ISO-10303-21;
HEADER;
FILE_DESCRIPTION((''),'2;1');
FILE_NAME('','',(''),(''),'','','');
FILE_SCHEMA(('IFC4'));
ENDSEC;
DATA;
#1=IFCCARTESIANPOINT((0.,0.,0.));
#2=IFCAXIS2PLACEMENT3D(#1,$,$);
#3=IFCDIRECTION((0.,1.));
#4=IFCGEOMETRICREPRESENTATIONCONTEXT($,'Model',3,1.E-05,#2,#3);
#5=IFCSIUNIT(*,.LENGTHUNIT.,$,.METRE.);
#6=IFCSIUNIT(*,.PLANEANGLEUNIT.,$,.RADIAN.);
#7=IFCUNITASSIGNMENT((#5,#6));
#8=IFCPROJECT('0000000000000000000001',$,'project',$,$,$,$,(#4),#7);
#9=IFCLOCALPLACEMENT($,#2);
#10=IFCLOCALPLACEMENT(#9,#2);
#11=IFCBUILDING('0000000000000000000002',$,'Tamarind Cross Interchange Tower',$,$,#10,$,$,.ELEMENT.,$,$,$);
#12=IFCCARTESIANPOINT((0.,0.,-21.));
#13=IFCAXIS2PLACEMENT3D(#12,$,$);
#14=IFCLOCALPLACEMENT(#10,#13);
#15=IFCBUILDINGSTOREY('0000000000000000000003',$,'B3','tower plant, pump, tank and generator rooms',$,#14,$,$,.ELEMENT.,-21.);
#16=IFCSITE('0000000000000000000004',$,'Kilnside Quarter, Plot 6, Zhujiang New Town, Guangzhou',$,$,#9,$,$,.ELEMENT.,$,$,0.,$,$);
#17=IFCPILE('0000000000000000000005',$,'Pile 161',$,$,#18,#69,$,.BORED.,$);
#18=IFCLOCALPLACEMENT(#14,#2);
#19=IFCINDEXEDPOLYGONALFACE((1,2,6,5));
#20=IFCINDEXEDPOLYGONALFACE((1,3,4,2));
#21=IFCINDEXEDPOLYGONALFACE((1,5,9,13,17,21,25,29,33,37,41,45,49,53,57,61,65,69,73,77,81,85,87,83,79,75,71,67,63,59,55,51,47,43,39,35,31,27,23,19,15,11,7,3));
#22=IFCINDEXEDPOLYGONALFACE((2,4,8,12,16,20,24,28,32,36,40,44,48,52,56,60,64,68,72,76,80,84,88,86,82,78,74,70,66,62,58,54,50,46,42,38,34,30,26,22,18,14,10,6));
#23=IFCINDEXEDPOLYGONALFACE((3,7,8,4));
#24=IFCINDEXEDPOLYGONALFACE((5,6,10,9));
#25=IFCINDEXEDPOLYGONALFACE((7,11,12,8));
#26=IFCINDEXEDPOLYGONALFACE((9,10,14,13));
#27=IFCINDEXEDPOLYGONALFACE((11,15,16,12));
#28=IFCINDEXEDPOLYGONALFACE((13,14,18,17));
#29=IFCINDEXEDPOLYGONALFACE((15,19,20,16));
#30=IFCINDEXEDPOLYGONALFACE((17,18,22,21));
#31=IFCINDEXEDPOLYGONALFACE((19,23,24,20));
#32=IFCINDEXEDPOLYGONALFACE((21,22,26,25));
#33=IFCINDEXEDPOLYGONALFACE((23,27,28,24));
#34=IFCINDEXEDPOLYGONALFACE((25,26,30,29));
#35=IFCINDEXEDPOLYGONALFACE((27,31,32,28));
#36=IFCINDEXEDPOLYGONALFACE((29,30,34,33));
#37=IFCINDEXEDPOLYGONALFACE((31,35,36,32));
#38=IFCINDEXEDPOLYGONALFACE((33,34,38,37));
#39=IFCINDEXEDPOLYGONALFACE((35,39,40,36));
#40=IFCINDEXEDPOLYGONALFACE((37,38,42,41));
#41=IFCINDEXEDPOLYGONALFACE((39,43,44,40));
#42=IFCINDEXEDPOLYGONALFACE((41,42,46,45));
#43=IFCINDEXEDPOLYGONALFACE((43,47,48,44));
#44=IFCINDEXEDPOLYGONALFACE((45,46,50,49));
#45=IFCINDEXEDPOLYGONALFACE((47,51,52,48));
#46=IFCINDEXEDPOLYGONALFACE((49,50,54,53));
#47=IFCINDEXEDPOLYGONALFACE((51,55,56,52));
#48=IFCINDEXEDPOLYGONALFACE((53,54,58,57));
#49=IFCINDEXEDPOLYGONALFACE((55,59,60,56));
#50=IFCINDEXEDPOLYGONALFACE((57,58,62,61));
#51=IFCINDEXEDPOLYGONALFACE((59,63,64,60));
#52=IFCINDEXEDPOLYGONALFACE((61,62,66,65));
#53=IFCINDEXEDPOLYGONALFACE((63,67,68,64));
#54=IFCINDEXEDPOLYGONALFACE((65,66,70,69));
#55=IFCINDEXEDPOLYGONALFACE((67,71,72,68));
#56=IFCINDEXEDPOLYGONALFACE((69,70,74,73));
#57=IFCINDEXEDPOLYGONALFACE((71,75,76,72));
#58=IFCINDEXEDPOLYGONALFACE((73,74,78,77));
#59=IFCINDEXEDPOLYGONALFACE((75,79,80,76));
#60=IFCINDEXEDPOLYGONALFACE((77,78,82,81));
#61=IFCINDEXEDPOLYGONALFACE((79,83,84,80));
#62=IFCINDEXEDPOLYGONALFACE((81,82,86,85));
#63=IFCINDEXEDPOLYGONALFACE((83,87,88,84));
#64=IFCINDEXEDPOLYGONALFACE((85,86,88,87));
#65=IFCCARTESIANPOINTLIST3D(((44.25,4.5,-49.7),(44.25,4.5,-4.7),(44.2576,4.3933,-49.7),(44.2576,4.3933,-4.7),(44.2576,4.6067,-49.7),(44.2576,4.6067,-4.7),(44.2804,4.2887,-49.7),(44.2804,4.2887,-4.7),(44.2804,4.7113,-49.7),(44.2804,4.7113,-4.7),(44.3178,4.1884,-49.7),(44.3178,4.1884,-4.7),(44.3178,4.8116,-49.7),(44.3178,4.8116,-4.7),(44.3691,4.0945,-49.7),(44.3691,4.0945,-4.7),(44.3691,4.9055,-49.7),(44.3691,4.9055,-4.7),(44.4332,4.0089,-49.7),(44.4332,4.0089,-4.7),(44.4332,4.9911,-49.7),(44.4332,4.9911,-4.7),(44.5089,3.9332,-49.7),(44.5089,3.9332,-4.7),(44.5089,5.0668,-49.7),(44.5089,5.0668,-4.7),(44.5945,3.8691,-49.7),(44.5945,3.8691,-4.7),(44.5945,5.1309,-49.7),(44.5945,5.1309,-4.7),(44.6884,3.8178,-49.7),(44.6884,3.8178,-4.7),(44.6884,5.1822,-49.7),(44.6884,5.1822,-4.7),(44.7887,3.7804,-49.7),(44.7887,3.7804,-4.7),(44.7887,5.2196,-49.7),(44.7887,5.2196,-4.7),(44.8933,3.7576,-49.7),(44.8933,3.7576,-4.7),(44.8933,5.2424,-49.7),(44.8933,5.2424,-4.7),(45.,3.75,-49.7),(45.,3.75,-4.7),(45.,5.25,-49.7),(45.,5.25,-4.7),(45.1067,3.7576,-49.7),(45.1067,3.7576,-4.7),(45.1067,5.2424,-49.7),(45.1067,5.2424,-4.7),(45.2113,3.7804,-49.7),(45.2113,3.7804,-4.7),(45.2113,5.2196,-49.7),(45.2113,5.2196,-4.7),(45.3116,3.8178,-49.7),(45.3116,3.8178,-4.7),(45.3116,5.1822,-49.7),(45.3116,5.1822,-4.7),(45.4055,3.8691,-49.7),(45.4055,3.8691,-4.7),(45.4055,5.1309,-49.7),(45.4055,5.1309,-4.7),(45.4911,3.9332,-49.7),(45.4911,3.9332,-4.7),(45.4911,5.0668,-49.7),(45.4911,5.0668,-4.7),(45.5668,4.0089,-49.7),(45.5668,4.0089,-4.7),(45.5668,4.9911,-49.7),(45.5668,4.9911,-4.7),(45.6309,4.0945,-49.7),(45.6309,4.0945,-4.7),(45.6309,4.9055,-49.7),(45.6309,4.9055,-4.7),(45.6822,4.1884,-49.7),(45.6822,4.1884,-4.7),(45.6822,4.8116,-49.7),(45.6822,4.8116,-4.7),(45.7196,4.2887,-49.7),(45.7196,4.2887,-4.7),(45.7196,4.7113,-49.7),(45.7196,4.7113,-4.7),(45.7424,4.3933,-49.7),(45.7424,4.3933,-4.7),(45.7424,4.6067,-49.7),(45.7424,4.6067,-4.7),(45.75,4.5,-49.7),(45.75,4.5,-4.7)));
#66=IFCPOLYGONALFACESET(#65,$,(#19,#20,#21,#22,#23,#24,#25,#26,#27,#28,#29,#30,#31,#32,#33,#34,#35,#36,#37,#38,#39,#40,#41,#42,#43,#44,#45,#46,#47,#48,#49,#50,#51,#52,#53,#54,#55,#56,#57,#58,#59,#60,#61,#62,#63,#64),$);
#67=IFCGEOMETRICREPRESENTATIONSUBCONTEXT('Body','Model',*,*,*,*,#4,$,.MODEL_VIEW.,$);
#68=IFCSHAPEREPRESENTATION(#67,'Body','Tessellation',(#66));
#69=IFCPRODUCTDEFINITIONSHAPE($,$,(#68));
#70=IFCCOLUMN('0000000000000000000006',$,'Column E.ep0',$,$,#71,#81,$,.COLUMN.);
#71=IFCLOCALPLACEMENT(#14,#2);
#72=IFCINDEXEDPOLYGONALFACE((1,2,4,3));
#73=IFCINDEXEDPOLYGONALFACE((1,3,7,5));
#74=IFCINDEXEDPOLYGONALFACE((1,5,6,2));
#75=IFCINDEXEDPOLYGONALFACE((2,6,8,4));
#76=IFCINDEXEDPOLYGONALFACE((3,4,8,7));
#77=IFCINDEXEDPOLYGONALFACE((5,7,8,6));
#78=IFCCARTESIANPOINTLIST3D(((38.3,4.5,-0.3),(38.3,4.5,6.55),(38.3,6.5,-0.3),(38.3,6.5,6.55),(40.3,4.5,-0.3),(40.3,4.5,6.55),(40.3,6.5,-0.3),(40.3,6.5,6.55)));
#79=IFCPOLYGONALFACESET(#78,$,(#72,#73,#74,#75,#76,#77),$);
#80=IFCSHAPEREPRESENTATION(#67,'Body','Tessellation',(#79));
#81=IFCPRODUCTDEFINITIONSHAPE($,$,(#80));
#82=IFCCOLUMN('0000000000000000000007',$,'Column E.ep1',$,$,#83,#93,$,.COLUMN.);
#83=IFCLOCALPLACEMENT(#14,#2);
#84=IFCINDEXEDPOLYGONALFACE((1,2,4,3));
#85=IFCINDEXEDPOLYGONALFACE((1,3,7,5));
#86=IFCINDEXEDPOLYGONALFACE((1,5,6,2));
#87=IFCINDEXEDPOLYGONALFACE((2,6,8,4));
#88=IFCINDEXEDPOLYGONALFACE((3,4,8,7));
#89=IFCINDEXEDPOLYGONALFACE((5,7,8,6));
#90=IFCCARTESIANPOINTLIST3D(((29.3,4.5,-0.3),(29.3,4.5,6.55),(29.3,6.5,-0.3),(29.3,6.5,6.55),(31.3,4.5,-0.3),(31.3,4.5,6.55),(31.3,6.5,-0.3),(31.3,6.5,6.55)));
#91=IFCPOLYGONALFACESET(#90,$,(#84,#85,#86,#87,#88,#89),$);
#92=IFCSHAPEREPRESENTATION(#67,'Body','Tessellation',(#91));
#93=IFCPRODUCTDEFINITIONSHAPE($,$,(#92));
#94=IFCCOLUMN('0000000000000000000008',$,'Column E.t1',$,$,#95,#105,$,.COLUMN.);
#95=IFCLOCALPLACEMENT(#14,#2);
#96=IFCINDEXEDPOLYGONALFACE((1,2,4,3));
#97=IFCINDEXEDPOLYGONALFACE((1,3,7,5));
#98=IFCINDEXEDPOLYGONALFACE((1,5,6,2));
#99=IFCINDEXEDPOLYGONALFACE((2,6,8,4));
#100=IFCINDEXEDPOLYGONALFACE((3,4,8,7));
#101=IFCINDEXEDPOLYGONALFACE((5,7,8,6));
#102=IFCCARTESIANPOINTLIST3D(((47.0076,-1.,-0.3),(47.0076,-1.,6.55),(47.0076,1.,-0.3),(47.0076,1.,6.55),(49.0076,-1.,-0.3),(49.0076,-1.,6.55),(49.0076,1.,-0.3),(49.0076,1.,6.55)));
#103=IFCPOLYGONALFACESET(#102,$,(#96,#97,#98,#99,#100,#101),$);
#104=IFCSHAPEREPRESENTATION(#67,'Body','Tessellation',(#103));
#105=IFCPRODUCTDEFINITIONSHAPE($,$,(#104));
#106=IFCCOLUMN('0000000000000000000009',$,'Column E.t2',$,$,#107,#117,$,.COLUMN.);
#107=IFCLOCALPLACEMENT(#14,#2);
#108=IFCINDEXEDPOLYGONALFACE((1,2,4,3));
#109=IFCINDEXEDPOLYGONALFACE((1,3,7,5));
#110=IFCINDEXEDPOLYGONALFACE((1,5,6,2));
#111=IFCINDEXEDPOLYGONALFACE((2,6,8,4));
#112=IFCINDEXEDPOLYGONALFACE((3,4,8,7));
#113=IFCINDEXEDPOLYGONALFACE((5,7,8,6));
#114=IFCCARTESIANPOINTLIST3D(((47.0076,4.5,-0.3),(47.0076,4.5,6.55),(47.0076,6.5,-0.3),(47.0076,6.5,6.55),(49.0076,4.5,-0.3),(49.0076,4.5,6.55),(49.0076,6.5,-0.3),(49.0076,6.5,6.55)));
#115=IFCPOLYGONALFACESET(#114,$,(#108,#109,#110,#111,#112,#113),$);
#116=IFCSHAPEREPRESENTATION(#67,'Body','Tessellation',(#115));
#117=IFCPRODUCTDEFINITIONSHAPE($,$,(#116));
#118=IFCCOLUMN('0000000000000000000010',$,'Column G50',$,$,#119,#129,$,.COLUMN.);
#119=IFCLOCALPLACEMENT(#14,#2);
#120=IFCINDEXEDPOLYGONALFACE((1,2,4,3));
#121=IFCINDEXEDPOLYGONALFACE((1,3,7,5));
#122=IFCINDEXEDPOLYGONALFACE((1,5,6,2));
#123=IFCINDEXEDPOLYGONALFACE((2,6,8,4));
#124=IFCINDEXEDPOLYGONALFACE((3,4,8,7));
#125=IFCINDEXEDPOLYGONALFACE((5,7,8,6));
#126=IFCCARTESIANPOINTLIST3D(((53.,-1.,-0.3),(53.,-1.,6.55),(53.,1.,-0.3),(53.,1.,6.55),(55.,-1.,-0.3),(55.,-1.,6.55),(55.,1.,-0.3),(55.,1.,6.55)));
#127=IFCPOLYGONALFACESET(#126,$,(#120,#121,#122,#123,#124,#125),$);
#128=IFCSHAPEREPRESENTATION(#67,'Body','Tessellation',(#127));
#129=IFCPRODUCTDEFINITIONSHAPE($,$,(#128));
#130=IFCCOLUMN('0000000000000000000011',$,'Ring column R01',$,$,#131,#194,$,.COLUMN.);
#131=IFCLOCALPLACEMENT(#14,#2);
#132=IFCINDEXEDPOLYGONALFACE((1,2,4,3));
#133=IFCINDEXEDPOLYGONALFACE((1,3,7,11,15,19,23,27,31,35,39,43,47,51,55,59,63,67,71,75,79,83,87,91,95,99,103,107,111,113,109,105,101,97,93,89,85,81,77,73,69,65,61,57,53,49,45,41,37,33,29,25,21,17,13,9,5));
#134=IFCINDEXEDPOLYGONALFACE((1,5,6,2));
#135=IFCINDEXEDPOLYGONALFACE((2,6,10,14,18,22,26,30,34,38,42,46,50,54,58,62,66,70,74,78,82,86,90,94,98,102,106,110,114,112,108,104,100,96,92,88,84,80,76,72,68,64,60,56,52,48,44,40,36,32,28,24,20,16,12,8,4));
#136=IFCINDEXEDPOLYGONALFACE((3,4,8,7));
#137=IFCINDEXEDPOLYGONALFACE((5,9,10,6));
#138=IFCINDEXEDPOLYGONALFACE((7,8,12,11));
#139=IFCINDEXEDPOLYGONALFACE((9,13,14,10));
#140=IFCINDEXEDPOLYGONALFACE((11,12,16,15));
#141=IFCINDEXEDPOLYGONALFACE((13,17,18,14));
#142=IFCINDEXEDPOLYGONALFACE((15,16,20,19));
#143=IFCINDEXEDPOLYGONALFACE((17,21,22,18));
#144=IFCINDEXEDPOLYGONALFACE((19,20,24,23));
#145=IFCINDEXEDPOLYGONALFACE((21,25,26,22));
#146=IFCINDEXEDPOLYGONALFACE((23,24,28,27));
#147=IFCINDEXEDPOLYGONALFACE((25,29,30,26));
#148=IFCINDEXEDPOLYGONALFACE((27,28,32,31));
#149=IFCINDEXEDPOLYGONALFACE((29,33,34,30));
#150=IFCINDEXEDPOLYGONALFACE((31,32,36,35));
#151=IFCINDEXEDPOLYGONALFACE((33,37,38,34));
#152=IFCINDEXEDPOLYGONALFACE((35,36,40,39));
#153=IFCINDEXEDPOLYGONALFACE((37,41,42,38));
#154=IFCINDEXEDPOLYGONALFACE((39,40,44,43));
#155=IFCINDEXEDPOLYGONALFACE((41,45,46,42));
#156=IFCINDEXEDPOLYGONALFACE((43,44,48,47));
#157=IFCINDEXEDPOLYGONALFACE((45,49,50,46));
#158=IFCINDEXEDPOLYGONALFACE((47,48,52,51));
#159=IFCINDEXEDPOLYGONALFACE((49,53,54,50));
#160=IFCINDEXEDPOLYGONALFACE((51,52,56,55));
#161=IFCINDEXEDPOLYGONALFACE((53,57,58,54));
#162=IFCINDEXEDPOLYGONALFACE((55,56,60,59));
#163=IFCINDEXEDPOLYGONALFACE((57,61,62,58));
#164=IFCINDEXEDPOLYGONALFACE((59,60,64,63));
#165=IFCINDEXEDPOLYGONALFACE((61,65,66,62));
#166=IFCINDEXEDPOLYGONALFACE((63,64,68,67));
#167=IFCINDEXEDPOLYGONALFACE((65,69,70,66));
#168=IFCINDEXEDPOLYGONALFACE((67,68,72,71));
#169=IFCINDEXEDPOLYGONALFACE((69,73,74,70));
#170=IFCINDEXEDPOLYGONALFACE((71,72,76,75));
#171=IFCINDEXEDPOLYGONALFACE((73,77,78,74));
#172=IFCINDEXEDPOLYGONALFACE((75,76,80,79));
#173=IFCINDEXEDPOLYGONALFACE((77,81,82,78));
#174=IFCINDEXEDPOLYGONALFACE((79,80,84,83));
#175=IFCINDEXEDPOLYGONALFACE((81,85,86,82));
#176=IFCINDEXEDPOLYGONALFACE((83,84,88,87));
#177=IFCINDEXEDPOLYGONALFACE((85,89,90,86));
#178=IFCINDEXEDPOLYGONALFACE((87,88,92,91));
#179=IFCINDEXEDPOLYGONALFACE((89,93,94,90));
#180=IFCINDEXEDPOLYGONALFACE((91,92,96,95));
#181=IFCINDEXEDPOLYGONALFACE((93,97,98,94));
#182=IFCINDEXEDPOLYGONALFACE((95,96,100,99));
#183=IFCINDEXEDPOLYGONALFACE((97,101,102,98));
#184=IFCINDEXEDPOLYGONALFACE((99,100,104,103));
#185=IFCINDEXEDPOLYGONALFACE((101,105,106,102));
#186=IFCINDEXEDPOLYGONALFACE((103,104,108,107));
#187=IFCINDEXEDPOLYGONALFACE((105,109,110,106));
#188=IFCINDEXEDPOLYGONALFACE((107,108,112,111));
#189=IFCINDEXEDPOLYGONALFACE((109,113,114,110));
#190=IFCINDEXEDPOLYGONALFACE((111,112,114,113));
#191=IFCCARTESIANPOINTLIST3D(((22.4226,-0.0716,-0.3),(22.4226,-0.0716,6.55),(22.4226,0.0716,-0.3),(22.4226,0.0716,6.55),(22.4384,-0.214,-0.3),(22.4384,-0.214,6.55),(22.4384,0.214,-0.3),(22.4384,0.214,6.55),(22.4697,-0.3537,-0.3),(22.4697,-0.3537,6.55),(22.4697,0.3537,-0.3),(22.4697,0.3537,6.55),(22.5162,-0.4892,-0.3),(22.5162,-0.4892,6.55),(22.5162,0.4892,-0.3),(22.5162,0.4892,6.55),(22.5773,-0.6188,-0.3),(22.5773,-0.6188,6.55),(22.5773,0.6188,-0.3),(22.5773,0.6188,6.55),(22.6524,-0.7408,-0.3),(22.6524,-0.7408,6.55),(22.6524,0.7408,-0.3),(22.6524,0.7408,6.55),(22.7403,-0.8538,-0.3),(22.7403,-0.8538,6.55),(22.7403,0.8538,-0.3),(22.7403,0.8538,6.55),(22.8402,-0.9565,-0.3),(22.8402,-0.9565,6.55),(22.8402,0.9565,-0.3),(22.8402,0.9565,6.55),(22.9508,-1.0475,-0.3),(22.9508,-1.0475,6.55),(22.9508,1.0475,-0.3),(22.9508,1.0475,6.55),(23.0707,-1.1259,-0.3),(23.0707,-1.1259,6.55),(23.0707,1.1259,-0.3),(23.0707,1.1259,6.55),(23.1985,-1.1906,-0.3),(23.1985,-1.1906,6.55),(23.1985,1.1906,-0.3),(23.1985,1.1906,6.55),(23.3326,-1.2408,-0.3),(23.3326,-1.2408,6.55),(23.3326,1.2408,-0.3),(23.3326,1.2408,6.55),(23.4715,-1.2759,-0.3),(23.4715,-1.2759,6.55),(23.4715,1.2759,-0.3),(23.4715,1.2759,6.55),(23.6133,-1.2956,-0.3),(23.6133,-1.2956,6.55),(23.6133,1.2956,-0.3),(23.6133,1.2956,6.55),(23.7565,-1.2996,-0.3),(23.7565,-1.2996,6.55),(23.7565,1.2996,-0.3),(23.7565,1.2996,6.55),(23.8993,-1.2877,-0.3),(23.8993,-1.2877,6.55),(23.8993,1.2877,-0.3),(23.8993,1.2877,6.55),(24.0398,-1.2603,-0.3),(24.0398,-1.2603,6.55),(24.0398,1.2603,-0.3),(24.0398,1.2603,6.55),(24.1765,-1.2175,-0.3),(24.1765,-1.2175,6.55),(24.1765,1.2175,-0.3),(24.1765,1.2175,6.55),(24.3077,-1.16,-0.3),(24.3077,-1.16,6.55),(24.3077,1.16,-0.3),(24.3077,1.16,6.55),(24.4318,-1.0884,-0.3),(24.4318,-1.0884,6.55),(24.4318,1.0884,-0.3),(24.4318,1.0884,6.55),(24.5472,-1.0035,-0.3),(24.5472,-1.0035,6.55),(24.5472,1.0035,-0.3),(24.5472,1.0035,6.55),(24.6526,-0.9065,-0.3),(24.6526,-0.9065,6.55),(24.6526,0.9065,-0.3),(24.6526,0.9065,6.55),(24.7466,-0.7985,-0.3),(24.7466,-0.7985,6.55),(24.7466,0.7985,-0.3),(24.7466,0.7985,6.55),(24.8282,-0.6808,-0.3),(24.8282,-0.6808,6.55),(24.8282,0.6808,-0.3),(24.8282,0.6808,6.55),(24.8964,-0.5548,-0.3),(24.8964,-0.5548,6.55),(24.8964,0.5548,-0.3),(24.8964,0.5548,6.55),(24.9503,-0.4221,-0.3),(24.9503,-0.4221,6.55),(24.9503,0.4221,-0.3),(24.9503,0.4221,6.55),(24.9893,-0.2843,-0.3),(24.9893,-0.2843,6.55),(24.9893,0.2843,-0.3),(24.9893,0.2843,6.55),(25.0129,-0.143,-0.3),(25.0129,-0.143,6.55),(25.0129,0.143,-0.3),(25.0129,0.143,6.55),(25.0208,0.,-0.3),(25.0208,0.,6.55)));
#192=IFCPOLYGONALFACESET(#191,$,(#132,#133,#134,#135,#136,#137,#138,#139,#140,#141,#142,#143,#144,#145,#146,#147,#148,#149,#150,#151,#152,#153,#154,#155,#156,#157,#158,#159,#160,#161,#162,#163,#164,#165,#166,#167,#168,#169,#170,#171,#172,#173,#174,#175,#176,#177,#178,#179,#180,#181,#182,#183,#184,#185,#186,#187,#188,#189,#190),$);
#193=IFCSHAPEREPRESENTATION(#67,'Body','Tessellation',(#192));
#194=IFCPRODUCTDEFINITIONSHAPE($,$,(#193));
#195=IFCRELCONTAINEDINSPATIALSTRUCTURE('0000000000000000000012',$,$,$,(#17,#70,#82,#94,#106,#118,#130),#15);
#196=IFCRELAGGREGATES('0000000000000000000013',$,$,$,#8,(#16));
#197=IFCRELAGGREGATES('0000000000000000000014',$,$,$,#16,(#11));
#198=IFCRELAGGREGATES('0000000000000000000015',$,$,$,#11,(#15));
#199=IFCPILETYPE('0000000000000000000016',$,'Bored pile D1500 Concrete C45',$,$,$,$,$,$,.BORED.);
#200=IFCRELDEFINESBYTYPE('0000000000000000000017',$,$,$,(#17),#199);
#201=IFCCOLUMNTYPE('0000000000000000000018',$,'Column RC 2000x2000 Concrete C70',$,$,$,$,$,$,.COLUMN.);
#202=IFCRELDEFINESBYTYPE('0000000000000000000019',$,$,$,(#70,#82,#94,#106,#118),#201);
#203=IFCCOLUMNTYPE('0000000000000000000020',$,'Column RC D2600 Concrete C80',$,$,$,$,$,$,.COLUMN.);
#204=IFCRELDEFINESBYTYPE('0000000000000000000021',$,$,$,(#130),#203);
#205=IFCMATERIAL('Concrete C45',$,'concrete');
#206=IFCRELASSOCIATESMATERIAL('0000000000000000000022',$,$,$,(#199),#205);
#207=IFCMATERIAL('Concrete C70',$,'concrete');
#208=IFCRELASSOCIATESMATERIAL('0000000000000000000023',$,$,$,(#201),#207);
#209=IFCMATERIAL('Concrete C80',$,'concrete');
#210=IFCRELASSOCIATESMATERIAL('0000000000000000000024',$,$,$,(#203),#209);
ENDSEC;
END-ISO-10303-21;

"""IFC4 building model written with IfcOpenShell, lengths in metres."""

from ifc_helpers import new_model, si_unit, direction, frame, origin, origin_2d, place, context, subcontext, project, spatial, rectangle, circle, extrude, material, material_profile, profile_set, type_object, element, save


model = new_model("IFC4")

# Units and contexts
model_context = context("Model", 3, precision=1e-05, world=origin(), true_north=direction((0.0, 1.0)))
body_context = subcontext(model_context, "Body", "Model", "MODEL_VIEW")
ifc_project = project(units=[si_unit("LENGTHUNIT", "METRE"), si_unit("PLANEANGLEUNIT", "RADIAN")], contexts=[model_context])

# Site, building, storey
site_placement = place(None, origin())
site = spatial("IfcSite", under=ifc_project, at=site_placement, Name="Kilnside Quarter, Plot 6, Zhujiang New Town, Guangzhou", CompositionType="ELEMENT", RefElevation=0.0)
building_placement = place(site_placement, origin())
building = spatial("IfcBuilding", under=site, at=building_placement, Name="Tamarind Cross Interchange Tower", CompositionType="ELEMENT")
storey_placement = place(building_placement, frame((0.0, 0.0, -21.0)))
storey = spatial("IfcBuildingStorey", under=building, at=storey_placement, Name="B3", Description="tower plant, pump, tank and generator rooms", CompositionType="ELEMENT", Elevation=-21.0)

# Pile
ifc_material_1 = material(Name="Concrete C45", Category="concrete")
ifc_material_profile_1 = material_profile(ifc_material_1, circle(Radius=0.75, at=origin_2d()), Name="RC D1500")
ifc_profile_set_1 = profile_set([ifc_material_profile_1], Name="Concrete C45")
pile_type = type_object("IfcPileType", Name="Bored pile D1500 Concrete C45", PredefinedType="BORED", material=ifc_profile_set_1)
for number, where, z_axis, x_axis, name in (
    (1, (45.0, 4.5, -4.7), (0.0, 0.0, -1.0), (1.0, 0.0, 0.0), "Pile 161"),
):
    element("IfcPile", number, at=place(storey_placement, frame(where, z_axis=z_axis, x_axis=x_axis)), inside=storey, type_object=pile_type, Name=name, PredefinedType="BORED", context=body_context, shape_type="SweptSolid", body=[
        extrude(circle(Radius=0.75, at=origin_2d()), origin(), (0.0, 0.0, 1.0), 45.0),
    ])

# Columns
ifc_material_2 = material(Name="Concrete C70", Category="concrete")
ifc_material_profile_2 = material_profile(ifc_material_2, rectangle(XDim=2.0, YDim=2.0, at=origin_2d()), Name="RC 2000x2000")
ifc_profile_set_2 = profile_set([ifc_material_profile_2], Name="Concrete C70")
column_type_1 = type_object("IfcColumnType", Name="Column RC 2000x2000 Concrete C70", PredefinedType="COLUMN", material=ifc_profile_set_2)
for number, where, z_axis, x_axis, name in (
    (2, (39.3, 5.5, -0.3), (0.0, 0.0, 1.0), (1.0, 0.0, 0.0), "Column E.ep0"),
    (3, (30.3, 5.5, -0.3), (0.0, 0.0, 1.0), (1.0, 0.0, 0.0), "Column E.ep1"),
    (4, (48.0076, 0.0, -0.3), (0.0, 0.0, 1.0), (1.0, 0.0, 0.0), "Column E.t1"),
    (5, (48.0076, 5.5, -0.3), (0.0, 0.0, 1.0), (1.0, 0.0, 0.0), "Column E.t2"),
    (6, (54.0, 0.0, -0.3), (0.0, 0.0, 1.0), (1.0, 0.0, 0.0), "Column G50"),
):
    element("IfcColumn", number, at=place(storey_placement, frame(where, z_axis=z_axis, x_axis=x_axis)), inside=storey, type_object=column_type_1, Name=name, PredefinedType="COLUMN", context=body_context, shape_type="SweptSolid", body=[
        extrude(rectangle(XDim=2.0, YDim=2.0, at=origin_2d()), origin(), (0.0, 0.0, 1.0), 6.8501),
    ])
ifc_material_3 = material(Name="Concrete C80", Category="concrete")
ifc_material_profile_3 = material_profile(ifc_material_3, circle(Radius=1.3, at=origin_2d()), Name="RC D2600")
ifc_profile_set_3 = profile_set([ifc_material_profile_3], Name="Concrete C80")
column_type_2 = type_object("IfcColumnType", Name="Column RC D2600 Concrete C80", PredefinedType="COLUMN", material=ifc_profile_set_3)
for number, where, z_axis, x_axis, name in (
    (7, (23.7207, 0.0, -0.3), (0.0, 0.0, 1.0), (1.0, 0.0, 0.0), "Ring column R01"),
):
    element("IfcColumn", number, at=place(storey_placement, frame(where, z_axis=z_axis, x_axis=x_axis)), inside=storey, type_object=column_type_2, Name=name, PredefinedType="COLUMN", context=body_context, shape_type="SweptSolid", body=[
        extrude(circle(Radius=1.3, at=origin_2d()), origin(), (0.0, 0.0, 1.0), 6.8501),
    ])

save(model, "model.ifc")
